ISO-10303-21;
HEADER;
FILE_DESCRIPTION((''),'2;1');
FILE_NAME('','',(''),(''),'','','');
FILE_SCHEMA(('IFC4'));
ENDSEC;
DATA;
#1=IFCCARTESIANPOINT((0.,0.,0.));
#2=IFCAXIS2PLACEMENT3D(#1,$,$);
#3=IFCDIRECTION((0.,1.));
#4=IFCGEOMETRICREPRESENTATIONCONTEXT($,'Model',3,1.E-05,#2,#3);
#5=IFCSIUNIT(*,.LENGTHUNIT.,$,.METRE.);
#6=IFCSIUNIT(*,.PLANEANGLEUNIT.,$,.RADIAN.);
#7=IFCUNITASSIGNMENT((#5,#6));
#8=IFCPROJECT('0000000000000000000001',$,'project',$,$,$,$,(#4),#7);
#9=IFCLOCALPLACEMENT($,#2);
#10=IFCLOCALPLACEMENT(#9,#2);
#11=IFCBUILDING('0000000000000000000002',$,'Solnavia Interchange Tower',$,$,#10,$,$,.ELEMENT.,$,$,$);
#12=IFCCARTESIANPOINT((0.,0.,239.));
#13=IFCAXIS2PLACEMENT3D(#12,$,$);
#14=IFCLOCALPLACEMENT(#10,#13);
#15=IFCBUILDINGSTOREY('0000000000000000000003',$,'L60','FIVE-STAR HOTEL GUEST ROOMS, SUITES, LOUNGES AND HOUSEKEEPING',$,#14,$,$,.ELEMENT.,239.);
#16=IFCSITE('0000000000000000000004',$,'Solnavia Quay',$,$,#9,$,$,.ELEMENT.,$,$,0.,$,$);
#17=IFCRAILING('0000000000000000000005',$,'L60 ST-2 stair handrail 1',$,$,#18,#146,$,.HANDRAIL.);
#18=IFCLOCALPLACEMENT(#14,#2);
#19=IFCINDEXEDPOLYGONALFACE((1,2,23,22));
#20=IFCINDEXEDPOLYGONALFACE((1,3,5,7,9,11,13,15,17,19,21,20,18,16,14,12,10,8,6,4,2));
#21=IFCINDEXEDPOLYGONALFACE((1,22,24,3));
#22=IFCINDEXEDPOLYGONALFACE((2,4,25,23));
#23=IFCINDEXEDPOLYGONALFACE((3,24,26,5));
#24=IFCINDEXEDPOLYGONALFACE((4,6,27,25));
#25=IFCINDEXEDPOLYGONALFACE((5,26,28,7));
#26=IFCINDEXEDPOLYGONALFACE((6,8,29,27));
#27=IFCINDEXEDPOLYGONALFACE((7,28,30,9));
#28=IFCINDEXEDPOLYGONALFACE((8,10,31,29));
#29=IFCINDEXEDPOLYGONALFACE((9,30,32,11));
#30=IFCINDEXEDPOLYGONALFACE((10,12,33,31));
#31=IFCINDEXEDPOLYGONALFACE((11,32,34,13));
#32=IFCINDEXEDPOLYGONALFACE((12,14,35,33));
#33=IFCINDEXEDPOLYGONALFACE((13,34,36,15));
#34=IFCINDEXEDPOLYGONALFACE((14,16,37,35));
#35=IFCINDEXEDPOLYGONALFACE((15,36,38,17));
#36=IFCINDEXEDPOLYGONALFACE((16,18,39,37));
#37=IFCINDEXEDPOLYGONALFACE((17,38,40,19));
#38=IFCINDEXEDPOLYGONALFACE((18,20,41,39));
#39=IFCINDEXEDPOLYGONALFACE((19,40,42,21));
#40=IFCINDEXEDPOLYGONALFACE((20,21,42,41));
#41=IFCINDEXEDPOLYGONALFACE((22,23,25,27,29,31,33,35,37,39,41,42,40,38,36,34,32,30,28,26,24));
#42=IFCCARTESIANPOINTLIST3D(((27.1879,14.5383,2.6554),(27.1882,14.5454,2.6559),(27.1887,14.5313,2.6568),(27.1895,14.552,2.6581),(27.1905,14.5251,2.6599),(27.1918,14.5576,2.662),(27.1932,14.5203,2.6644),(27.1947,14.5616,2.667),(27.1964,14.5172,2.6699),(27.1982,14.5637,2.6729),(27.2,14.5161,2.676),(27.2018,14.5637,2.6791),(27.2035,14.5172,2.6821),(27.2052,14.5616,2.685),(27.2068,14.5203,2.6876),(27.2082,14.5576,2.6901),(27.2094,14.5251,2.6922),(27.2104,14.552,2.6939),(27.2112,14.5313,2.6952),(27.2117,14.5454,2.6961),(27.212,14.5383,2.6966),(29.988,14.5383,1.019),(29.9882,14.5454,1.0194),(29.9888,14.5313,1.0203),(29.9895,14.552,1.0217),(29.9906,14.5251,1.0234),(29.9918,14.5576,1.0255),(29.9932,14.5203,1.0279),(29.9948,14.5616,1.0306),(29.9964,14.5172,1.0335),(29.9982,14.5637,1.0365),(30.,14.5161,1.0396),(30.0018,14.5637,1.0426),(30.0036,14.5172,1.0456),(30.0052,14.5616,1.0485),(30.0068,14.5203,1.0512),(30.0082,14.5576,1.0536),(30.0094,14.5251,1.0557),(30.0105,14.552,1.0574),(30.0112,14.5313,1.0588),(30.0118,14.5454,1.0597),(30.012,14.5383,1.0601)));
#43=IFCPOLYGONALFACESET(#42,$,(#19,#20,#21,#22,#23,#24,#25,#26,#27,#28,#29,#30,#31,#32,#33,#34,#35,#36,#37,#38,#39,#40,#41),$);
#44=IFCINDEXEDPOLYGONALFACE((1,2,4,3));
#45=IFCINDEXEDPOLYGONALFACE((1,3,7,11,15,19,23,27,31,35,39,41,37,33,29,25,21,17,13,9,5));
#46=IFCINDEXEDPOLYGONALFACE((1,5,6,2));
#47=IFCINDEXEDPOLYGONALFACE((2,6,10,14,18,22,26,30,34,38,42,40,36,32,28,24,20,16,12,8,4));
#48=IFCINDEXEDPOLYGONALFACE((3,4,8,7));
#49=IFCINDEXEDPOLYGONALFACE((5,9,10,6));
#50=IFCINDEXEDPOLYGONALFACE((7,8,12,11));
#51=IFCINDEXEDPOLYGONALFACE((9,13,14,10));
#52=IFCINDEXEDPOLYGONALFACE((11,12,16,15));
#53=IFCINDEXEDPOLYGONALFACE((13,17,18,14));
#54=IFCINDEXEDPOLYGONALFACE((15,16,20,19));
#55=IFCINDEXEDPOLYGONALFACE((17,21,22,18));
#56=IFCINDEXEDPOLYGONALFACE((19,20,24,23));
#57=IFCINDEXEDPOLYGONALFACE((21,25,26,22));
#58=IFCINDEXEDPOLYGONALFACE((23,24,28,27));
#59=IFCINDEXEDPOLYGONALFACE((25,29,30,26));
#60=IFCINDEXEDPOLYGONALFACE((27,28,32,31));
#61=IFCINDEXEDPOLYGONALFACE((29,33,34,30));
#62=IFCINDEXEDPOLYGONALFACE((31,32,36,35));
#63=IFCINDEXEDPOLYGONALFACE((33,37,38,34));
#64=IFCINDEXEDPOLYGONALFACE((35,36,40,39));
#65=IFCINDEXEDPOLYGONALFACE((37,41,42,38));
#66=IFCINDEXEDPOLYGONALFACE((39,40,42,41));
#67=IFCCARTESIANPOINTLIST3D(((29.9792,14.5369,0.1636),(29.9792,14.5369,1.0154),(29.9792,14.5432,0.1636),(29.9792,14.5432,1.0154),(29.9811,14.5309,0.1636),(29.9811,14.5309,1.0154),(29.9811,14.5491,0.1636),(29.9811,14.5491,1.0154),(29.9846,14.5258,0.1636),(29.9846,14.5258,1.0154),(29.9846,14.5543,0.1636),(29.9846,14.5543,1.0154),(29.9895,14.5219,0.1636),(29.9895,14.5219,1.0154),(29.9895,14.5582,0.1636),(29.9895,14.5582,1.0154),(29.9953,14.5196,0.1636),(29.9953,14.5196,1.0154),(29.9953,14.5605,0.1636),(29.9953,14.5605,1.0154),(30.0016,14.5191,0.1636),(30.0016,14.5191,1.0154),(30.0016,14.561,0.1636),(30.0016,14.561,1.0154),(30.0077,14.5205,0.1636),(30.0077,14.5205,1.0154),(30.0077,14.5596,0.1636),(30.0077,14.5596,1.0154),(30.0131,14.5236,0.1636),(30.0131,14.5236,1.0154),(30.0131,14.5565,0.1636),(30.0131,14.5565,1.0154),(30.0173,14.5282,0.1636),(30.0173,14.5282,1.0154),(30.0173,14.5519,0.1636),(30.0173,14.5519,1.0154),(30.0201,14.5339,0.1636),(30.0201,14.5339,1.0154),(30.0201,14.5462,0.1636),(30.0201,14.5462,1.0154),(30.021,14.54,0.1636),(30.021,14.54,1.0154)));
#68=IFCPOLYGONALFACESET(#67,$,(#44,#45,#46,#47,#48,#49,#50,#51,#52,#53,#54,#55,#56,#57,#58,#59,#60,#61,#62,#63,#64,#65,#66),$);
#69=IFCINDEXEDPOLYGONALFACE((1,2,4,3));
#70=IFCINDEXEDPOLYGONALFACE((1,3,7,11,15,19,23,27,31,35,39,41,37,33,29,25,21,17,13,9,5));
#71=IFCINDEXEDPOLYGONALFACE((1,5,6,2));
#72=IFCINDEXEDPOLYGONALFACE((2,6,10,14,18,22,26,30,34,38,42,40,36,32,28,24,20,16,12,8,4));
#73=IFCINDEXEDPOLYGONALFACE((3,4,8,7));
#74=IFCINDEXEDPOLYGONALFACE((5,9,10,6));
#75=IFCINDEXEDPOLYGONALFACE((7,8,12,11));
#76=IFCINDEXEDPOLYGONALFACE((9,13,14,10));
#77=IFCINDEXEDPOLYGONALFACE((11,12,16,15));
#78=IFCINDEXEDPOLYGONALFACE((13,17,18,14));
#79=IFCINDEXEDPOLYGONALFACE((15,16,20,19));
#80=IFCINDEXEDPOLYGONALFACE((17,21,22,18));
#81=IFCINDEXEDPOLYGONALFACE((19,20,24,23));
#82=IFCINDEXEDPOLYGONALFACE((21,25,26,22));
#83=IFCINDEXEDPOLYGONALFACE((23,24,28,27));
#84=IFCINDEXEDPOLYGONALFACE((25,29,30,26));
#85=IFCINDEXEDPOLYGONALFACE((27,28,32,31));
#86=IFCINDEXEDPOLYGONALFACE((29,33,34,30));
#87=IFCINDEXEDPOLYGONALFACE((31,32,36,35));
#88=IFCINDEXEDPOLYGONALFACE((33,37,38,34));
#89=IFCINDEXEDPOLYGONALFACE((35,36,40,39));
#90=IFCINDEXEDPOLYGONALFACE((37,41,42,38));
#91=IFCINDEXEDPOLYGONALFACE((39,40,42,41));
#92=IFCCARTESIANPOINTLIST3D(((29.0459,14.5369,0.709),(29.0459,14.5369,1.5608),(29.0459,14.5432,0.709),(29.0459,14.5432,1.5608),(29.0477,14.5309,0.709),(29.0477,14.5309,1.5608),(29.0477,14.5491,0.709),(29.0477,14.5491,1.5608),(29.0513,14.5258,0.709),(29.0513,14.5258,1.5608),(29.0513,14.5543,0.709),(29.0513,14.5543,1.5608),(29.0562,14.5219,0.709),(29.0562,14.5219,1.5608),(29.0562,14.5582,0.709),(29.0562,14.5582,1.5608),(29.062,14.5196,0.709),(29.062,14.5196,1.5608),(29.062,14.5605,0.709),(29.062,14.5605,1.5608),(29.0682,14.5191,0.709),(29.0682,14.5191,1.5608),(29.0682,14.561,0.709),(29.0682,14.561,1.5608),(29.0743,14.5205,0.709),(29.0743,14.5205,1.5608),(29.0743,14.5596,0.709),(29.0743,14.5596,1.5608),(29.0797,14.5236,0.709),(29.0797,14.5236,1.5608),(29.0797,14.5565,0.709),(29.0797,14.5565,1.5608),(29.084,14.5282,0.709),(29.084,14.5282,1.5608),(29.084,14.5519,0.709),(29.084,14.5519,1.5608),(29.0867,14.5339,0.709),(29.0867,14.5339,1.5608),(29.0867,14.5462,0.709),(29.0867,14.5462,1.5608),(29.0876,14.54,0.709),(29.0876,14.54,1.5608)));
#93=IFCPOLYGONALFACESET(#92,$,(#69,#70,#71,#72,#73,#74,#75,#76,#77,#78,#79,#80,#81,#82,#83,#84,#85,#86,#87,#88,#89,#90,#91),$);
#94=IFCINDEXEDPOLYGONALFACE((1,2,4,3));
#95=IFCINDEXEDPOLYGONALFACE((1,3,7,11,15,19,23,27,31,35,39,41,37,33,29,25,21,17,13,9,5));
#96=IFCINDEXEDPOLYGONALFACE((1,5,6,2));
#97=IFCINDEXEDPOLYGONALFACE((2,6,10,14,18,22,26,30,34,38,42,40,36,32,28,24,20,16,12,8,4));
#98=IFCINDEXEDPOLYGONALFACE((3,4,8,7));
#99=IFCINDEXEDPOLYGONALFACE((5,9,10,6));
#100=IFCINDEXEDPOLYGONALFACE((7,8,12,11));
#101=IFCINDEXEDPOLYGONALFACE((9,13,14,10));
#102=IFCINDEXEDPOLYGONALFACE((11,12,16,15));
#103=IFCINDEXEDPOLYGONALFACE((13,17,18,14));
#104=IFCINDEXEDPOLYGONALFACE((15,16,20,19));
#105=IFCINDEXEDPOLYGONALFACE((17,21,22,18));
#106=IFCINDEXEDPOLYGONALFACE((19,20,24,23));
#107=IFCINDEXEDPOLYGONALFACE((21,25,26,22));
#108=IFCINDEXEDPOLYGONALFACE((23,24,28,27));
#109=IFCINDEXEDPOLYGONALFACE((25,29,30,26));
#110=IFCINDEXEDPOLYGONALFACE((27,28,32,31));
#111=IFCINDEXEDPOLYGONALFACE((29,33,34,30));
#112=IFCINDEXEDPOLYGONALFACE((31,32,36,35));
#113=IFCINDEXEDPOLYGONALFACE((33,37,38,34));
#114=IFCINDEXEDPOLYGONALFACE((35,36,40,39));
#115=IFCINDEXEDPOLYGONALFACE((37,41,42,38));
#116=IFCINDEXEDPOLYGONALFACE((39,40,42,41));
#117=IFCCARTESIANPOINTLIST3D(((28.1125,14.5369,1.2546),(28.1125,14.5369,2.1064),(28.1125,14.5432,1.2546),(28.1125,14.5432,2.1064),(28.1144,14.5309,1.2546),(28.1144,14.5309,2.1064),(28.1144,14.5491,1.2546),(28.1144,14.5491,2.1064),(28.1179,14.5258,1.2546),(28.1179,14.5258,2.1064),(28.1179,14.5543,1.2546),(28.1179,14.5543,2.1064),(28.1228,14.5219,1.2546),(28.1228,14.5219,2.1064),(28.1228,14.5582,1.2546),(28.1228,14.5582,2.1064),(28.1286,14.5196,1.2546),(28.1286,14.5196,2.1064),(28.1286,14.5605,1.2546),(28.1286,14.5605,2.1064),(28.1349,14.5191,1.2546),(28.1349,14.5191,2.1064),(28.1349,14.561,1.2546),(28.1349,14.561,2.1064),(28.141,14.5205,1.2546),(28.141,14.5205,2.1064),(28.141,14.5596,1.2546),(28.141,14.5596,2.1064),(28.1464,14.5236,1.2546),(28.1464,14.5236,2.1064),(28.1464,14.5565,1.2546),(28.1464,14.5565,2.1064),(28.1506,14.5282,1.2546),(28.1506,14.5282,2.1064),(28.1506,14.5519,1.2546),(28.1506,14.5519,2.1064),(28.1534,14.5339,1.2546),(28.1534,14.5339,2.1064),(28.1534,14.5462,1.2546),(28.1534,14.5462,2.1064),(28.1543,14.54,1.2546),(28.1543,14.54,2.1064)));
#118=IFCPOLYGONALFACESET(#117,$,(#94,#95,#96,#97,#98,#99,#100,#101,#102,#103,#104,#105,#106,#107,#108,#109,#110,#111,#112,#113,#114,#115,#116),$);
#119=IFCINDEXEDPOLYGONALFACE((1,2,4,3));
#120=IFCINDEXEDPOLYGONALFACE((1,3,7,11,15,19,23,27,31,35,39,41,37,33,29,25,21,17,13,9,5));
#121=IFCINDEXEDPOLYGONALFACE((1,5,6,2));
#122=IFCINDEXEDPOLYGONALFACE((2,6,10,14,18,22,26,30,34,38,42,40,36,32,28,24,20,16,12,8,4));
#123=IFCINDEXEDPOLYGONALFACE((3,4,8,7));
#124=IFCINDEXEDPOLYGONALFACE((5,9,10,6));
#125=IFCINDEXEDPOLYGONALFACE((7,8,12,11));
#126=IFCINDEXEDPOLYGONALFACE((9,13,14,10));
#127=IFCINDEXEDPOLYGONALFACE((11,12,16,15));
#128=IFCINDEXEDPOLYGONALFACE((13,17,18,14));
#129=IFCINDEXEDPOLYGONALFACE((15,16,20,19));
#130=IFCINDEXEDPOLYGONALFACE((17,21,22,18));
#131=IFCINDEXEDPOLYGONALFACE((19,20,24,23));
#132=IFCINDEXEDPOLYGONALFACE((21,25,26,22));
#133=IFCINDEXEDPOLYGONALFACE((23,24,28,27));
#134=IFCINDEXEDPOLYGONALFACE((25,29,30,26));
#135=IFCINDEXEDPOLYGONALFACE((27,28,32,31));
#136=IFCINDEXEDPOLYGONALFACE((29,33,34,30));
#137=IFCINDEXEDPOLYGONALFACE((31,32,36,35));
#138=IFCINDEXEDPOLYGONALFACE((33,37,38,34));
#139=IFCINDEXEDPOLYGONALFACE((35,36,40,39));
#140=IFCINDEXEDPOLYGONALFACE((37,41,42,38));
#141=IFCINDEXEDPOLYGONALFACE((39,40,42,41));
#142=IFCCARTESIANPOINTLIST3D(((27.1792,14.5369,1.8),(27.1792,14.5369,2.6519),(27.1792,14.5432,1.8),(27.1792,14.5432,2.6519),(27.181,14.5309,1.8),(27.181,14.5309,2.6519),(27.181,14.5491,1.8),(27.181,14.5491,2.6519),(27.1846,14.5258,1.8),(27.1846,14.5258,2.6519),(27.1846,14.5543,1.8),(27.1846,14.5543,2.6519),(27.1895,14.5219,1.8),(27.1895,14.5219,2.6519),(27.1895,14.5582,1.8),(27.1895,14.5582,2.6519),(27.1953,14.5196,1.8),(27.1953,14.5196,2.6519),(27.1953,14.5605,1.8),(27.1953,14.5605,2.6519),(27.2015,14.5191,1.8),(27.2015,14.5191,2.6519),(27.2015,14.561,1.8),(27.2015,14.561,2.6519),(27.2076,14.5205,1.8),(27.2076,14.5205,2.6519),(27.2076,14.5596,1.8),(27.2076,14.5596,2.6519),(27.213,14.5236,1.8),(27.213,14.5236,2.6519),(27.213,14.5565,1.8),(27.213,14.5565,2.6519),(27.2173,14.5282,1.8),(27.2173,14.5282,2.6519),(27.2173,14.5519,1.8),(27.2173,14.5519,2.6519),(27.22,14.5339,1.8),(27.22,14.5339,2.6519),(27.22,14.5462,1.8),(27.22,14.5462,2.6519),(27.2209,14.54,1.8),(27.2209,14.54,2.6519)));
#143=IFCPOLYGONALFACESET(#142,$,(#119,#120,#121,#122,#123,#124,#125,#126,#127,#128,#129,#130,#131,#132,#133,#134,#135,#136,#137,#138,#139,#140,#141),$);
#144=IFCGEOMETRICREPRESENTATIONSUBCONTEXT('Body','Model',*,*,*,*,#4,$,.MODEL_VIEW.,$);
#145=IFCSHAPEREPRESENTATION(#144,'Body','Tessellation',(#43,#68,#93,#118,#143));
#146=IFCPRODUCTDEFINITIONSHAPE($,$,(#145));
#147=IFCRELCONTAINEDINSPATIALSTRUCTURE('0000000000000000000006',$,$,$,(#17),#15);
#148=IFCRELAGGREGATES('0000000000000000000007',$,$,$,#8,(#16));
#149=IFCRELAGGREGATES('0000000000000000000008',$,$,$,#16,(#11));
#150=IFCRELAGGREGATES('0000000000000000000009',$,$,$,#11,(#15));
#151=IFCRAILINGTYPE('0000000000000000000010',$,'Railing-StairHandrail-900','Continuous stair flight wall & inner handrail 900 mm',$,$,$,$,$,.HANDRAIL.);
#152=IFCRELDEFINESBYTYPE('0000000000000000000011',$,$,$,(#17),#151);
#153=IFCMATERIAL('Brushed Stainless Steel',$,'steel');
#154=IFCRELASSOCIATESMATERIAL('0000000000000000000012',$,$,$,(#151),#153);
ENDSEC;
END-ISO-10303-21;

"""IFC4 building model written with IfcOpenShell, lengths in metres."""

from ifc_helpers import new_model, si_unit, direction, frame, origin, origin_2d, place, context, subcontext, project, spatial, circle, extrude, material, type_object, element, save


model = new_model("IFC4")

# Units and contexts
model_context = context("Model", 3, precision=1e-05, world=origin(), true_north=direction((0.0, 1.0)))
body_context = subcontext(model_context, "Body", "Model", "MODEL_VIEW")
ifc_project = project(units=[si_unit("LENGTHUNIT", "METRE"), si_unit("PLANEANGLEUNIT", "RADIAN")], contexts=[model_context])

# Site, building, storey
site_placement = place(None, origin())
site = spatial("IfcSite", under=ifc_project, at=site_placement, Name="Solnavia Quay", CompositionType="ELEMENT", RefElevation=0.0)
building_placement = place(site_placement, origin())
building = spatial("IfcBuilding", under=site, at=building_placement, Name="Solnavia Interchange Tower", CompositionType="ELEMENT")
storey_placement = place(building_placement, frame((0.0, 0.0, 239.0)))
storey = spatial("IfcBuildingStorey", under=building, at=storey_placement, Name="L60", Description="FIVE-STAR HOTEL GUEST ROOMS, SUITES, LOUNGES AND HOUSEKEEPING", CompositionType="ELEMENT", Elevation=239.0)

# Railing
ifc_material_1 = material(Name="Brushed Stainless Steel", Category="steel")
railing_type_1 = type_object("IfcRailingType", Name="Railing-StairHandrail-900", Description="Continuous stair flight wall & inner handrail 900 mm", PredefinedType="HANDRAIL", material=ifc_material_1)
railing_1_placement = place(storey_placement, frame((30.0, 14.54, 0.1636)))
element("IfcRailing", 1, at=railing_1_placement, inside=storey, type_object=railing_type_1, Name="L60 ST-2 stair handrail 1", PredefinedType="HANDRAIL", context=body_context, shape_type="SweptSolid", body=[
    extrude(circle(Radius=0.0239, at=origin_2d()), frame((0.0, 0.0, 0.876), z_axis=(-0.863361, 0.0, 0.504587), x_axis=(0.0, -1.0, 0.0)), (0.0, 0.0, 1.0), 3.2432),
    extrude(circle(Radius=0.021, at=origin_2d()), origin(), (0.0, 0.0, 1.0), 0.8518),
    extrude(circle(Radius=0.021, at=origin_2d()), frame((-0.9333, 0.0, 0.5454)), (0.0, 0.0, 1.0), 0.8518),
    extrude(circle(Radius=0.021, at=origin_2d()), frame((-1.8667, 0.0, 1.0911)), (0.0, 0.0, 1.0), 0.8518),
    extrude(circle(Radius=0.021, at=origin_2d()), frame((-2.8, 0.0, 1.6365)), (0.0, 0.0, 1.0), 0.8518),
])

save(model, "model.ifc")
